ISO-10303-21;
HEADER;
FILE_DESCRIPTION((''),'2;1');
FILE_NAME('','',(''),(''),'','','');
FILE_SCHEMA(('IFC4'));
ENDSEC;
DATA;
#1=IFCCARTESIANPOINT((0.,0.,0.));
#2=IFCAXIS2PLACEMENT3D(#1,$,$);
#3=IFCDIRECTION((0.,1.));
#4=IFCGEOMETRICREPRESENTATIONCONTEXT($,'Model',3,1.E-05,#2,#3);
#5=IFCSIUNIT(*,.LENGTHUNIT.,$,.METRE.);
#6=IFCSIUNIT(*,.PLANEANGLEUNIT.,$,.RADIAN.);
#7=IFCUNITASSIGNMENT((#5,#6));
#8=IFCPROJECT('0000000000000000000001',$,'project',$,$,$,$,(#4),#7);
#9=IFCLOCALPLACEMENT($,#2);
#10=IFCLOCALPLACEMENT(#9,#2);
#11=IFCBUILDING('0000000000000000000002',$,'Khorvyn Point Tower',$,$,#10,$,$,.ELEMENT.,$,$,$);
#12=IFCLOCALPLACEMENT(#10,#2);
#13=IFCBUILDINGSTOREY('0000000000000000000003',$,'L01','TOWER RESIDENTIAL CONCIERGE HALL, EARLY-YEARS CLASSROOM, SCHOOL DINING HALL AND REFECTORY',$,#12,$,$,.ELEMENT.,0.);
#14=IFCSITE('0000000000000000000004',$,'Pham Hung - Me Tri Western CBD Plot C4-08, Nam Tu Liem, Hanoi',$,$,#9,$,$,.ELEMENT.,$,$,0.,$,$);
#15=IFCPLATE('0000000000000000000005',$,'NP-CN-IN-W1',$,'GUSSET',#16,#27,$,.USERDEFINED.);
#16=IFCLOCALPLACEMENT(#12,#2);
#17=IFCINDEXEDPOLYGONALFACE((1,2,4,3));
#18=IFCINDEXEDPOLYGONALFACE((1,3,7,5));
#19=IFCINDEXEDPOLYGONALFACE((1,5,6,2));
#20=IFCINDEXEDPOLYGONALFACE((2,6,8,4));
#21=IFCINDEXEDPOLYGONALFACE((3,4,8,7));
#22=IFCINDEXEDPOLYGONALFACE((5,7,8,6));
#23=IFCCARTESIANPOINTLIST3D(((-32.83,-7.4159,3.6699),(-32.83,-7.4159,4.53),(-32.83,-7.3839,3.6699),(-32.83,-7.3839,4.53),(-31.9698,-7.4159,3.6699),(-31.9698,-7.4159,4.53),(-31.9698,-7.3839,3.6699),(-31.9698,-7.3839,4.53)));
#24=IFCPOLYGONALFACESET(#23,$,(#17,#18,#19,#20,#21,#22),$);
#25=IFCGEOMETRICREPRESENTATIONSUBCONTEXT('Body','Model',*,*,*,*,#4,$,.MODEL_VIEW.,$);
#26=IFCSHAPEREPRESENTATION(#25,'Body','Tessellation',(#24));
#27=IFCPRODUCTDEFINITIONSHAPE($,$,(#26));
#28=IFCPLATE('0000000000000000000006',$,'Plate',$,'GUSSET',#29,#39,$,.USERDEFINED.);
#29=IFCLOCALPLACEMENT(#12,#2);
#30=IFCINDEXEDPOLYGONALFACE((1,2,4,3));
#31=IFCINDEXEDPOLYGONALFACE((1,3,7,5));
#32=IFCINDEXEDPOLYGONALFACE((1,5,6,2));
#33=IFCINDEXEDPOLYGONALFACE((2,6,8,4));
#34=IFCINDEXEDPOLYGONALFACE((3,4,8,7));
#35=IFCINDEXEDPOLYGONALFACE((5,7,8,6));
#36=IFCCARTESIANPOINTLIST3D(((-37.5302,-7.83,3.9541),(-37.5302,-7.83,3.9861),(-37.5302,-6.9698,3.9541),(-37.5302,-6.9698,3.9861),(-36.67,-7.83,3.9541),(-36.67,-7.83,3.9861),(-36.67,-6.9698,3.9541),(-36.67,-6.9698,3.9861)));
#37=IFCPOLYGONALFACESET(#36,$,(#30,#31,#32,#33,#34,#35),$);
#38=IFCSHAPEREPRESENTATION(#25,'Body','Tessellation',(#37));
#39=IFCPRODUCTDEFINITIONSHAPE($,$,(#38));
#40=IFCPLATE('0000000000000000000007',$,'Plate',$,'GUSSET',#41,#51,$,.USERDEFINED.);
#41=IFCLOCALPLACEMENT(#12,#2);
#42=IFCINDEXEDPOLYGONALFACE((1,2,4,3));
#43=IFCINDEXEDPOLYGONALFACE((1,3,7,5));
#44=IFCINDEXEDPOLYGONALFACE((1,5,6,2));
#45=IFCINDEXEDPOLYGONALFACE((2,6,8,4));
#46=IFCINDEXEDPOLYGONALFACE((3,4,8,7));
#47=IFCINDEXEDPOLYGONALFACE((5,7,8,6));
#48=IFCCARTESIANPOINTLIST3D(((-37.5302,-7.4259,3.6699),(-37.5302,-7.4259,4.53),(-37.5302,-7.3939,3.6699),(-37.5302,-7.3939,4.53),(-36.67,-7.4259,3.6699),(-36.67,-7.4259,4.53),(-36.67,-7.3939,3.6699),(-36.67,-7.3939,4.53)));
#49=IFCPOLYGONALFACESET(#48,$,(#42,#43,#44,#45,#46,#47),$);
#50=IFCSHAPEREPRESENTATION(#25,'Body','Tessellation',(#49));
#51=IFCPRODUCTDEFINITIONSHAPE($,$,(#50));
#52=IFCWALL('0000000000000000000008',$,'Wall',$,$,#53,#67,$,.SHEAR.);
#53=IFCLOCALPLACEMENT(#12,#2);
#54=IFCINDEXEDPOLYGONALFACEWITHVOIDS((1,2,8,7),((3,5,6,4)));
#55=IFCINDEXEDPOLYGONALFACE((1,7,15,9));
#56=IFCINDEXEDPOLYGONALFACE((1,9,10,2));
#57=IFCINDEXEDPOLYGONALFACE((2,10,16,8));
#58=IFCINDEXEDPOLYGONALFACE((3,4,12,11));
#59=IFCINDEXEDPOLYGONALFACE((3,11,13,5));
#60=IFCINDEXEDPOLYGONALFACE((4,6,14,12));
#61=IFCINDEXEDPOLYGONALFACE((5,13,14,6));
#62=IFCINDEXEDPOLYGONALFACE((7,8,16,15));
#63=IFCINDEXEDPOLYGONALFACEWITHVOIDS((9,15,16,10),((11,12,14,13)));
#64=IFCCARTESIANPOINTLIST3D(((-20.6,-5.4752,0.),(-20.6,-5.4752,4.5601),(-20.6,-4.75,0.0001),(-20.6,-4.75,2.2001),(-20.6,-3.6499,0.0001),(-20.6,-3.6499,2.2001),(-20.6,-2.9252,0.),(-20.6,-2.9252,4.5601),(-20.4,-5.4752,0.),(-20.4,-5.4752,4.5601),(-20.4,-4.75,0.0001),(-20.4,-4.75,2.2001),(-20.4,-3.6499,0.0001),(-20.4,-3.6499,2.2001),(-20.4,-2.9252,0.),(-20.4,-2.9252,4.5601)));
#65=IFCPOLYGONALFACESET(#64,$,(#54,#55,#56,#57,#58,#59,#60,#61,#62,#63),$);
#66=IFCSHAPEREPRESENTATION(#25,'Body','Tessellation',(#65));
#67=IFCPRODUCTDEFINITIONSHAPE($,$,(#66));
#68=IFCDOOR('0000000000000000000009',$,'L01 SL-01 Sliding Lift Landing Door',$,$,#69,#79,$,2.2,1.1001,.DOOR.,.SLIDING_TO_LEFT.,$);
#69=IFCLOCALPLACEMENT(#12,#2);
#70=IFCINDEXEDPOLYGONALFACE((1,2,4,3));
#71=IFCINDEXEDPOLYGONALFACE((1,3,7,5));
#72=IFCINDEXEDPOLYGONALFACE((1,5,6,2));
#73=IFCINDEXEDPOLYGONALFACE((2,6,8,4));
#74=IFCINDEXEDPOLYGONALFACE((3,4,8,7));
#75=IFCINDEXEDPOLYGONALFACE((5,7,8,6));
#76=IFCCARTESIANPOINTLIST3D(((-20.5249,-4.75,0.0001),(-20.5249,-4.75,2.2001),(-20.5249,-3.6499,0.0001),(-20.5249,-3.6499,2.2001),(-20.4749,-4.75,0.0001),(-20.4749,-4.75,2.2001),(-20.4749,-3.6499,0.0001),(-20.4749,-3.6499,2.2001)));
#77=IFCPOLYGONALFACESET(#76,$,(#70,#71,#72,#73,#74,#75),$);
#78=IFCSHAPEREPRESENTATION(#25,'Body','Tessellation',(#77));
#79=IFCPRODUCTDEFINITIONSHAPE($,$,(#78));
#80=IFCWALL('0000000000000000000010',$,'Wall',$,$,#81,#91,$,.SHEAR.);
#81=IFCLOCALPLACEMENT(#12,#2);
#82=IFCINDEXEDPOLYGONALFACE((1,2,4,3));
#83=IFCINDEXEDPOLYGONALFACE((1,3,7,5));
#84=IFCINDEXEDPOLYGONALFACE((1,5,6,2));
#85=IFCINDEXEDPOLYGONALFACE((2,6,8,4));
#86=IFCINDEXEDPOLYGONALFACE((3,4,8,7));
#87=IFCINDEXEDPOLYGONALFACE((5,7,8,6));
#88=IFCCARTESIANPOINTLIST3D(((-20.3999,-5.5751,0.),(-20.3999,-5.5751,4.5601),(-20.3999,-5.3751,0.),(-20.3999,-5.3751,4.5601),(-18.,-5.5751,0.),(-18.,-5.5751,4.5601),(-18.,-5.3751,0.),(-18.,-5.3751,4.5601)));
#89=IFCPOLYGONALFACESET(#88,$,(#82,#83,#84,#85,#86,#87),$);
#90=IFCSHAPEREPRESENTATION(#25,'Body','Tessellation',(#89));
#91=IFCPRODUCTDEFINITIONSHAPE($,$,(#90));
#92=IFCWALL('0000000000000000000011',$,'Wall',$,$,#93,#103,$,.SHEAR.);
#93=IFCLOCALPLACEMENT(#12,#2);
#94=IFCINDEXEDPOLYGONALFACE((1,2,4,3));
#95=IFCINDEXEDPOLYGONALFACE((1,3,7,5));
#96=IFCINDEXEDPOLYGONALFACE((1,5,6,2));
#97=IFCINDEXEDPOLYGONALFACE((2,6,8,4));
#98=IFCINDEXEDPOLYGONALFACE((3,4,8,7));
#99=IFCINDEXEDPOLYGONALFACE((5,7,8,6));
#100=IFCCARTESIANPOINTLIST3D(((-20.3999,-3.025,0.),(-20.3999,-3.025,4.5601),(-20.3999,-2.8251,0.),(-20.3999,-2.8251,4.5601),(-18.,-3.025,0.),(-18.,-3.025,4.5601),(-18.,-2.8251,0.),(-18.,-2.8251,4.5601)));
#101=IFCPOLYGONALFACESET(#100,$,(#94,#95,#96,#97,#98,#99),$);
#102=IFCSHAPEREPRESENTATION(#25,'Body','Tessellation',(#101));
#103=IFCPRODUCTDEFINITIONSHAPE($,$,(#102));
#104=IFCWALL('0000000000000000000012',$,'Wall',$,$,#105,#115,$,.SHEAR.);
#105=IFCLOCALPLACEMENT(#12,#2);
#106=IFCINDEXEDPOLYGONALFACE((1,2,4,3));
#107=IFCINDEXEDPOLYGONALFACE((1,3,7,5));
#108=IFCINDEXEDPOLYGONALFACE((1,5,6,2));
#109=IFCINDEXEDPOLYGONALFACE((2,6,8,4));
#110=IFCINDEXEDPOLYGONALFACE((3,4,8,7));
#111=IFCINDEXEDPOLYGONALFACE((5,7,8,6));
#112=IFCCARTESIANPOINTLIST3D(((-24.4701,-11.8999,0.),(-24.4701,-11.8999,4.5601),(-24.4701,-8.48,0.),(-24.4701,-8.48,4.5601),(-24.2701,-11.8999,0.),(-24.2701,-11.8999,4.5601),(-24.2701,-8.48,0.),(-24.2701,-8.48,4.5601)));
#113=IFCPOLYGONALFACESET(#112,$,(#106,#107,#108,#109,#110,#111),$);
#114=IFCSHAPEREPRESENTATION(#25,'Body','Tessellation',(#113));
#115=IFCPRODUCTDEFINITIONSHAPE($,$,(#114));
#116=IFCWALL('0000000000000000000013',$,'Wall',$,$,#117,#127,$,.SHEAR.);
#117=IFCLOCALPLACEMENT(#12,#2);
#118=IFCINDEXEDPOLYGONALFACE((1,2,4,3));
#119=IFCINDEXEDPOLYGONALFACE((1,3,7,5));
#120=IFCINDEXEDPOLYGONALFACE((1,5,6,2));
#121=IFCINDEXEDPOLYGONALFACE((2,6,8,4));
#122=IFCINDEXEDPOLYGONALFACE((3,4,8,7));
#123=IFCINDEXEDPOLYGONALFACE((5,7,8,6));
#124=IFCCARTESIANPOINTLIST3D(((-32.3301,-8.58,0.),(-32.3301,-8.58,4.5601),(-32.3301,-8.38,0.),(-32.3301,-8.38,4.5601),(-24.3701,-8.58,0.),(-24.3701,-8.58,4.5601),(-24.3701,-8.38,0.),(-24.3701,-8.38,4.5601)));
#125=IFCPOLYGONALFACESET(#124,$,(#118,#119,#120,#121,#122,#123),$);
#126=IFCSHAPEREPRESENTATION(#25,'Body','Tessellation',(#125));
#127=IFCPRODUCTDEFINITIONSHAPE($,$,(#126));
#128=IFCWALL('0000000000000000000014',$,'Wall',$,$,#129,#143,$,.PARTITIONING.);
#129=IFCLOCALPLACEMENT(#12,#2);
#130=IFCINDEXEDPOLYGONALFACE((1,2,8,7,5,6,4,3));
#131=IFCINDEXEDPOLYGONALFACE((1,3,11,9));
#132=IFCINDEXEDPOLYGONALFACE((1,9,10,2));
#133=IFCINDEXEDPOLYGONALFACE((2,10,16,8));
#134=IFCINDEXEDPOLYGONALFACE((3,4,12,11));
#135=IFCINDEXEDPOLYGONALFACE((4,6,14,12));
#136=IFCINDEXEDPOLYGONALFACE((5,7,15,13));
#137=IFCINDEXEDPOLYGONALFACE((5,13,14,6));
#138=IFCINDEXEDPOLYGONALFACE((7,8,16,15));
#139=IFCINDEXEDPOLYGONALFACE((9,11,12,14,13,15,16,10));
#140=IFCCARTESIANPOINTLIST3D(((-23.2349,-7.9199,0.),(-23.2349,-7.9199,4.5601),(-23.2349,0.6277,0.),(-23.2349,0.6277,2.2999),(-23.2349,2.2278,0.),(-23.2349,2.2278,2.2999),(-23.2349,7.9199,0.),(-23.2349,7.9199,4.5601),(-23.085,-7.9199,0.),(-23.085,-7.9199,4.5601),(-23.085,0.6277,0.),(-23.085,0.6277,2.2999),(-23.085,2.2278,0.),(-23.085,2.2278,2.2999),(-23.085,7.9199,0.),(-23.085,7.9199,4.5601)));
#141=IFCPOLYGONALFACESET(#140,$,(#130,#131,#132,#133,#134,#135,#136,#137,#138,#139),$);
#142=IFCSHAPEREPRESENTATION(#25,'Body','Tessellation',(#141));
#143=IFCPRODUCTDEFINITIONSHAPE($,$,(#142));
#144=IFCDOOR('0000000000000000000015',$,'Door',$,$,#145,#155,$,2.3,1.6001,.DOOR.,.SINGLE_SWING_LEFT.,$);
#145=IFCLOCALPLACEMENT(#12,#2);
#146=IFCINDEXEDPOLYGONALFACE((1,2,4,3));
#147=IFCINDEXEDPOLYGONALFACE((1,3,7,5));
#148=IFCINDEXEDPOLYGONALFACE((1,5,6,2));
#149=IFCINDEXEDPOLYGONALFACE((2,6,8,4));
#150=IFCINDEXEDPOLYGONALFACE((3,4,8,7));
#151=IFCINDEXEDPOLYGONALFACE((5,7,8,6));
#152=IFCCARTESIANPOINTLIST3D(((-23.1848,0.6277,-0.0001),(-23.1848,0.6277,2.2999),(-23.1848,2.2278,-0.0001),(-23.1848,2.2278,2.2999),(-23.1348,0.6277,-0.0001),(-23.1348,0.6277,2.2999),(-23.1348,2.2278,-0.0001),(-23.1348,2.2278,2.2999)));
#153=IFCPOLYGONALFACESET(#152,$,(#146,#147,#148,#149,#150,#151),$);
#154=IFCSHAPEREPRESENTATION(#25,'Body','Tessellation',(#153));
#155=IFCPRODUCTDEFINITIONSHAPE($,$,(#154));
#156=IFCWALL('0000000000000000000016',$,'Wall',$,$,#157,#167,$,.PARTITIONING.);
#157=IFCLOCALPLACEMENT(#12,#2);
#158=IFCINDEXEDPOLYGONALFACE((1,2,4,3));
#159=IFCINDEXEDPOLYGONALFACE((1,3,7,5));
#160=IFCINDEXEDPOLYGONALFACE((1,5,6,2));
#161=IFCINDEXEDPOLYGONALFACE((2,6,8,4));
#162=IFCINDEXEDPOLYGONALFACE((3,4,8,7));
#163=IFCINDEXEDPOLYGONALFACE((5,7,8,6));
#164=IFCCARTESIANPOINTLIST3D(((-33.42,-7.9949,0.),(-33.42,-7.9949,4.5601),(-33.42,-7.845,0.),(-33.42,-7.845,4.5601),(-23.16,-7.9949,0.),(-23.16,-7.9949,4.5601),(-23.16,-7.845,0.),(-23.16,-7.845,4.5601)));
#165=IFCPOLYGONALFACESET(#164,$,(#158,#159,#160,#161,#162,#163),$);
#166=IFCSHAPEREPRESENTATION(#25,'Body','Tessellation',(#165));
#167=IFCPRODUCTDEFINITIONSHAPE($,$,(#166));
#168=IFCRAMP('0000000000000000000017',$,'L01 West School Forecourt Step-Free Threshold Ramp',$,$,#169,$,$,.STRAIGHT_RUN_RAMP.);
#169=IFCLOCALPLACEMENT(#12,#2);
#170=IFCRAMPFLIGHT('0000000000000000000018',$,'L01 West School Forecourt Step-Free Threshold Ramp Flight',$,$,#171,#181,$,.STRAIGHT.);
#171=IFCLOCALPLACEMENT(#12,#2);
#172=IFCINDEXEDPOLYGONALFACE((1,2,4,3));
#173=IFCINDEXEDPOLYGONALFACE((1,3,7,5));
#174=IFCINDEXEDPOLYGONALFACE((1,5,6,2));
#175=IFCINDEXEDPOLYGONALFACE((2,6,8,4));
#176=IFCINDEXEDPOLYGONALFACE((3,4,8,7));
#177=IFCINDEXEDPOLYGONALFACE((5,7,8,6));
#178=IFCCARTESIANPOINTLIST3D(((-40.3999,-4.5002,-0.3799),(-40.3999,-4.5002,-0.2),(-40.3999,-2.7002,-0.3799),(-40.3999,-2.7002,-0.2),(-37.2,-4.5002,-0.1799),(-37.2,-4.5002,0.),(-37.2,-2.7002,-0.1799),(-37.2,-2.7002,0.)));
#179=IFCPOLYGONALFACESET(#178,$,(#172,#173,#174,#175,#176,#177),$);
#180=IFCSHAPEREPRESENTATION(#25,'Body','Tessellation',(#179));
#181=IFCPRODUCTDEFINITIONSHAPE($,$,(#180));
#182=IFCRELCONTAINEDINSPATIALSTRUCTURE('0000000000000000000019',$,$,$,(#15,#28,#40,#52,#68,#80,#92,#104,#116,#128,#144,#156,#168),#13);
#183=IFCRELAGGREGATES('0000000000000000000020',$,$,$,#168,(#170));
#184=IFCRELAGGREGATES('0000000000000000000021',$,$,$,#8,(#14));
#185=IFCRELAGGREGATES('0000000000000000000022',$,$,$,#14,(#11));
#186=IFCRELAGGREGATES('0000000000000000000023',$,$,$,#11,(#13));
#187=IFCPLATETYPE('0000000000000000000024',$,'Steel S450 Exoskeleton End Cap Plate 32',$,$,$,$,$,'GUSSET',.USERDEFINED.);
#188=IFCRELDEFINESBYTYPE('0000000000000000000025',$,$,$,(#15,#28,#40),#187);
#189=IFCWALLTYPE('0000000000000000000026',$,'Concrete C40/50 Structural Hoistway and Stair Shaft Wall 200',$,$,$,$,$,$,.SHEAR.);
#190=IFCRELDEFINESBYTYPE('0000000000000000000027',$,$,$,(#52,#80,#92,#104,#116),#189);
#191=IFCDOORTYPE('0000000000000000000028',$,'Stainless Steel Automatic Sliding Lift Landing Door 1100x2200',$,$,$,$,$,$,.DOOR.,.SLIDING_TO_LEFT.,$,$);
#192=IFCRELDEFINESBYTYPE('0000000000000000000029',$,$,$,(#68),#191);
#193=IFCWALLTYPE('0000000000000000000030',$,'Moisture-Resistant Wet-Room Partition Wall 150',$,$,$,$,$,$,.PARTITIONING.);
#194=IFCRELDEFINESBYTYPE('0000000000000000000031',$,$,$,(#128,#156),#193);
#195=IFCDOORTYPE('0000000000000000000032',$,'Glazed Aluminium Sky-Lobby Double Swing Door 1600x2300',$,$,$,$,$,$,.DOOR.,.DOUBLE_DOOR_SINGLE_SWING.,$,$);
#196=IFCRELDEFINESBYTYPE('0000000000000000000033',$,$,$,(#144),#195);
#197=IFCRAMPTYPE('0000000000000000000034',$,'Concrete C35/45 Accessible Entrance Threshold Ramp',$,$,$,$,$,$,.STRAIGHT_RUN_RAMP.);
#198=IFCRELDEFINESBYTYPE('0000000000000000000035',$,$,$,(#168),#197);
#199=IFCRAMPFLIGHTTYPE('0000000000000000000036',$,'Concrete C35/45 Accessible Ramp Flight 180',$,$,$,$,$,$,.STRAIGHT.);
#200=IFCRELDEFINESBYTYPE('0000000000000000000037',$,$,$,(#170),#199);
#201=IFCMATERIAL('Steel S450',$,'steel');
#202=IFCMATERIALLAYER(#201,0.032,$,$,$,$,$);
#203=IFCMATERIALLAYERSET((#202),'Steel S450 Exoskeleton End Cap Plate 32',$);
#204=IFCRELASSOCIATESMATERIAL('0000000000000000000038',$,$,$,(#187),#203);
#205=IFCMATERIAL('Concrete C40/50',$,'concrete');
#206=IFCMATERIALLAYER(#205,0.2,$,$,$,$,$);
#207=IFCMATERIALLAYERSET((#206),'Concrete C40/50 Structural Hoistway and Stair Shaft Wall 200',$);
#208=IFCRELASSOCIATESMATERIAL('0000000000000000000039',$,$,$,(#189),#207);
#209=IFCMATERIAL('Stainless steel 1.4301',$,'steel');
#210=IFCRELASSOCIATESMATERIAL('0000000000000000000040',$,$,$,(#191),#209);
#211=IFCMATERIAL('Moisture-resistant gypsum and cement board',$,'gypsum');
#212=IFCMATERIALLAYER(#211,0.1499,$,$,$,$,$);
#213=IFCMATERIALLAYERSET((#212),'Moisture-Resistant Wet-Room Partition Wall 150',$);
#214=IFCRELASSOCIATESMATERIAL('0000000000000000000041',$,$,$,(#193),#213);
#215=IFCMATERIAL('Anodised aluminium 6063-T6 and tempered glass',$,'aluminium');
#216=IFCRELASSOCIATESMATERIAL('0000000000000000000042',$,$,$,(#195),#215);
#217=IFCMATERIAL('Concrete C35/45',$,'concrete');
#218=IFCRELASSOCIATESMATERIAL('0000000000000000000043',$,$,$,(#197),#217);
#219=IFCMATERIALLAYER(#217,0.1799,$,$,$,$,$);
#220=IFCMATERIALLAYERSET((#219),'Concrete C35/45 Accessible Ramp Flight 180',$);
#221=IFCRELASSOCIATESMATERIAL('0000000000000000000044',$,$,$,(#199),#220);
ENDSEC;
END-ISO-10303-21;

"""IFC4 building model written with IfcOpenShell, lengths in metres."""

from ifc_helpers import new_model, si_unit, direction, frame, frame_2d, origin, origin_2d, place, context, subcontext, project, spatial, polyline, rectangle, outline, extrude, material, layer, layer_set, type_object, element, fill, aggregate, save


model = new_model("IFC4")

# Units and contexts
model_context = context("Model", 3, precision=1e-05, world=origin(), true_north=direction((0.0, 1.0)))
body_context = subcontext(model_context, "Body", "Model", "MODEL_VIEW")
ifc_project = project(units=[si_unit("LENGTHUNIT", "METRE"), si_unit("PLANEANGLEUNIT", "RADIAN")], contexts=[model_context])

# Site, building, storey
site_placement = place(None, origin())
site = spatial("IfcSite", under=ifc_project, at=site_placement, Name="Pham Hung - Me Tri Western CBD Plot C4-08, Nam Tu Liem, Hanoi", CompositionType="ELEMENT", RefElevation=0.0)
building_placement = place(site_placement, origin())
building = spatial("IfcBuilding", under=site, at=building_placement, Name="Khorvyn Point Tower", CompositionType="ELEMENT")
storey_placement = place(building_placement, origin())
storey = spatial("IfcBuildingStorey", under=building, at=storey_placement, Name="L01", Description="TOWER RESIDENTIAL CONCIERGE HALL, EARLY-YEARS CLASSROOM, SCHOOL DINING HALL AND REFECTORY", CompositionType="ELEMENT", Elevation=0.0)

# Shared definitions
ifc_material_1 = material(Name="Concrete C35/45", Category="concrete")

# Shared definitions
ifc_material_2 = material(Name="Concrete C40/50", Category="concrete")

# Shared definitions
ifc_material_3 = material(Name="Steel S450", Category="steel")

# Plates
ifc_layer_1 = layer(ifc_material_3, 0.032)
ifc_layer_set_1 = layer_set([ifc_layer_1], Name="Steel S450 Exoskeleton End Cap Plate 32")
plate_type = type_object("IfcPlateType", Name="Steel S450 Exoskeleton End Cap Plate 32", ElementType="GUSSET", PredefinedType="USERDEFINED", material=ifc_layer_set_1)
for number, where, z_axis, x_axis, name in (
    (1, (-32.3999, -7.3999, 3.6699), (0.0, 0.0, 1.0), (1.0, 0.0, 0.0), "NP-CN-IN-W1"),
):
    element("IfcPlate", number, at=place(storey_placement, frame(where, z_axis=z_axis, x_axis=x_axis)), inside=storey, type_object=plate_type, Name=name, ObjectType="GUSSET", PredefinedType="USERDEFINED", context=body_context, shape_type="SweptSolid", body=[
        extrude(rectangle(XDim=0.8601, YDim=0.032, at=origin_2d()), origin(), (0.0, 0.0, 1.0), 0.8601),
    ])
plate_1_placement = place(storey_placement, frame((-37.1001, -7.3999, 3.9541), z_axis=(0.0, 0.0, 1.0), x_axis=(1.0, 0.0, 0.0)))
element("IfcPlate", 2, at=plate_1_placement, inside=storey, type_object=plate_type, Name="Plate", ObjectType="GUSSET", PredefinedType="USERDEFINED", context=body_context, shape_type="SweptSolid", body=[
    extrude(rectangle(XDim=0.8601, YDim=0.8601, at=origin_2d()), origin(), (0.0, 0.0, 1.0), 0.032),
])
plate_2_placement = place(storey_placement, frame((-37.1001, -7.4099, 3.6699), z_axis=(0.0, 0.0, 1.0), x_axis=(1.0, 0.0, 0.0)))
element("IfcPlate", 3, at=plate_2_placement, inside=storey, type_object=plate_type, Name="Plate", ObjectType="GUSSET", PredefinedType="USERDEFINED", context=body_context, shape_type="SweptSolid", body=[
    extrude(rectangle(XDim=0.8601, YDim=0.032, at=origin_2d()), origin(), (0.0, 0.0, 1.0), 0.8601),
])

# Wall, opening, door
ifc_layer_2 = layer(ifc_material_2, 0.2)
ifc_layer_set_2 = layer_set([ifc_layer_2], Name="Concrete C40/50 Structural Hoistway and Stair Shaft Wall 200")
wall_type_1 = type_object("IfcWallType", Name="Concrete C40/50 Structural Hoistway and Stair Shaft Wall 200", PredefinedType="SHEAR", material=ifc_layer_set_2)
wall_1_placement = place(storey_placement, frame((-20.5, -5.4751, 0.0), z_axis=(0.0, 0.0, 1.0), x_axis=(0.0, 1.0, 0.0)))
wall_1 = element("IfcWall", 4, at=wall_1_placement, inside=storey, type_object=wall_type_1, Name="Wall", PredefinedType="SHEAR", context=body_context, shape_type="SweptSolid", body=[
    extrude(rectangle(XDim=2.55, YDim=0.2, at=frame_2d((1.2749, 0.0))), origin(), (0.0, 0.0, 1.0), 4.5601),
])
opening_1_placement = place(wall_1_placement, frame((0.7251, 0.0, 0.0)))
opening_1 = element("IfcOpeningElement", 5, at=opening_1_placement, cuts=wall_1, PredefinedType="OPENING", context=body_context, shape_type="SweptSolid", body=[
    extrude(rectangle(XDim=1.1001, YDim=2.2, at=frame_2d((0.55, 1.1001))), frame((0.0, 0.1099, 0.0), z_axis=(0.0, -1.0, 0.0), x_axis=(1.0, 0.0, 0.0)), (0.0, 0.0, 1.0), 0.22),
])
ifc_material_4 = material(Name="Stainless steel 1.4301", Category="steel")
door_type_1 = type_object("IfcDoorType", Name="Stainless Steel Automatic Sliding Lift Landing Door 1100x2200", OperationType="SLIDING_TO_LEFT", PredefinedType="DOOR", material=ifc_material_4)
door_1_placement = place(opening_1_placement, origin())
door_1 = element("IfcDoor", 6, at=door_1_placement, inside=storey, type_object=door_type_1, Name="L01 SL-01 Sliding Lift Landing Door", OperationType="SLIDING_TO_LEFT", OverallHeight=2.2, OverallWidth=1.1001, PredefinedType="DOOR", context=body_context, shape_type="SweptSolid", body=[
    extrude(rectangle(XDim=1.1001, YDim=2.2, at=frame_2d((0.55, 1.1001))), frame((0.0, 0.0249, 0.0), z_axis=(0.0, -1.0, 0.0), x_axis=(1.0, 0.0, 0.0)), (0.0, 0.0, 1.0), 0.05),
])
fill(opening_1, door_1)

# Walls
for number, where, z_axis, x_axis, name in (
    (7, (-20.3999, -5.4751, 0.0), (0.0, 0.0, 1.0), (1.0, 0.0, 0.0), "Wall"),
    (8, (-20.3999, -2.925, 0.0), (0.0, 0.0, 1.0), (1.0, 0.0, 0.0), "Wall"),
):
    element("IfcWall", number, at=place(storey_placement, frame(where, z_axis=z_axis, x_axis=x_axis)), inside=storey, type_object=wall_type_1, Name=name, PredefinedType="SHEAR", context=body_context, shape_type="SweptSolid", body=[
        extrude(rectangle(XDim=2.3999, YDim=0.2, at=frame_2d((1.2, 0.0))), origin(), (0.0, 0.0, 1.0), 4.5601),
    ])
wall_2_placement = place(storey_placement, frame((-24.3701, -8.48, 0.0), z_axis=(0.0, 0.0, 1.0), x_axis=(0.0, -1.0, 0.0)))
element("IfcWall", 9, at=wall_2_placement, inside=storey, type_object=wall_type_1, Name="Wall", PredefinedType="SHEAR", context=body_context, shape_type="SweptSolid", body=[
    extrude(rectangle(XDim=3.4199, YDim=0.2, at=frame_2d((1.71, 0.0))), origin(), (0.0, 0.0, 1.0), 4.5601),
])
wall_3_placement = place(storey_placement, frame((-32.3301, -8.48, 0.0), z_axis=(0.0, 0.0, 1.0), x_axis=(1.0, 0.0, 0.0)))
element("IfcWall", 10, at=wall_3_placement, inside=storey, type_object=wall_type_1, Name="Wall", PredefinedType="SHEAR", context=body_context, shape_type="SweptSolid", body=[
    extrude(rectangle(XDim=7.96, YDim=0.2, at=frame_2d((3.98, 0.0))), origin(), (0.0, 0.0, 1.0), 4.5601),
])

# Wall, opening, door
ifc_material_5 = material(Name="Moisture-resistant gypsum and cement board", Category="gypsum")
ifc_layer_3 = layer(ifc_material_5, 0.1499)
ifc_layer_set_3 = layer_set([ifc_layer_3], Name="Moisture-Resistant Wet-Room Partition Wall 150")
wall_type_2 = type_object("IfcWallType", Name="Moisture-Resistant Wet-Room Partition Wall 150", PredefinedType="PARTITIONING", material=ifc_layer_set_3)
wall_4_placement = place(storey_placement, frame((-23.1599, -7.9199, 0.0), z_axis=(0.0, 0.0, 1.0), x_axis=(0.0, 1.0, 0.0)))
wall_4 = element("IfcWall", 11, at=wall_4_placement, inside=storey, type_object=wall_type_2, Name="Wall", PredefinedType="PARTITIONING", context=body_context, shape_type="SweptSolid", body=[
    extrude(rectangle(XDim=15.8398, YDim=0.1499, at=frame_2d((7.9199, 0.0))), origin(), (0.0, 0.0, 1.0), 4.5601),
])
opening_2_placement = place(wall_4_placement, frame((8.5476, 0.0, 0.0)))
opening_2 = element("IfcOpeningElement", 12, at=opening_2_placement, cuts=wall_4, PredefinedType="OPENING", context=body_context, shape_type="SweptSolid", body=[
    extrude(rectangle(XDim=1.6001, YDim=2.3, at=frame_2d((0.8, 1.1499))), frame((0.0, 0.085, 0.0), z_axis=(0.0, -1.0, 0.0), x_axis=(1.0, 0.0, 0.0)), (0.0, 0.0, 1.0), 0.1699),
])
ifc_material_6 = material(Name="Anodised aluminium 6063-T6 and tempered glass", Category="aluminium")
door_type_2 = type_object("IfcDoorType", Name="Glazed Aluminium Sky-Lobby Double Swing Door 1600x2300", OperationType="DOUBLE_DOOR_SINGLE_SWING", PredefinedType="DOOR", material=ifc_material_6)
door_2_placement = place(opening_2_placement, origin())
door_2 = element("IfcDoor", 13, at=door_2_placement, inside=storey, type_object=door_type_2, Name="Door", OperationType="SINGLE_SWING_LEFT", OverallHeight=2.3, OverallWidth=1.6001, PredefinedType="DOOR", context=body_context, shape_type="SweptSolid", body=[
    extrude(rectangle(XDim=1.6001, YDim=2.3, at=frame_2d((0.8, 1.1499))), frame((0.0, 0.0249, 0.0), z_axis=(0.0, -1.0, 0.0), x_axis=(1.0, 0.0, 0.0)), (0.0, 0.0, 1.0), 0.05),
])
fill(opening_2, door_2)

# Wall
wall_5_placement = place(storey_placement, frame((-33.4199, -7.9199, 0.0), z_axis=(0.0, 0.0, 1.0), x_axis=(1.0, 0.0, 0.0)))
element("IfcWall", 14, at=wall_5_placement, inside=storey, type_object=wall_type_2, Name="Wall", PredefinedType="PARTITIONING", context=body_context, shape_type="SweptSolid", body=[
    extrude(rectangle(XDim=10.26, YDim=0.1499, at=frame_2d((5.1299, 0.0))), origin(), (0.0, 0.0, 1.0), 4.5601),
])

# Ramp, ramp flight
ramp_type = type_object("IfcRampType", Name="Concrete C35/45 Accessible Entrance Threshold Ramp", PredefinedType="STRAIGHT_RUN_RAMP", material=ifc_material_1)
ramp_placement = place(storey_placement, origin())
ramp = element("IfcRamp", 15, at=ramp_placement, inside=storey, type_object=ramp_type, Name="L01 West School Forecourt Step-Free Threshold Ramp", PredefinedType="STRAIGHT_RUN_RAMP")
ifc_layer_4 = layer(ifc_material_1, 0.1799)
ifc_layer_set_4 = layer_set([ifc_layer_4], Name="Concrete C35/45 Accessible Ramp Flight 180")
ramp_flight_type = type_object("IfcRampFlightType", Name="Concrete C35/45 Accessible Ramp Flight 180", PredefinedType="STRAIGHT", material=ifc_layer_set_4)
ramp_flight_placement = place(storey_placement, frame((-40.3999, -3.6001, -0.2), z_axis=(0.0, 0.0, 1.0), x_axis=(1.0, 0.0, 0.0)))
ramp_flight = element("IfcRampFlight", 16, at=ramp_flight_placement, type_object=ramp_flight_type, Name="L01 West School Forecourt Step-Free Threshold Ramp Flight", PredefinedType="STRAIGHT", context=body_context, shape_type="SweptSolid", body=[
    extrude(outline(polyline([(0.0, 0.0), (0.0, -0.1799), (3.2, 0.02), (3.2, 0.2), (0.0, 0.0)])), frame((0.0, 0.8999, 0.0), z_axis=(0.0, -1.0, 0.0), x_axis=(1.0, 0.0, 0.0)), (0.0, 0.0, 1.0), 1.8),
])
aggregate(ramp, [ramp_flight])

save(model, "model.ifc")
